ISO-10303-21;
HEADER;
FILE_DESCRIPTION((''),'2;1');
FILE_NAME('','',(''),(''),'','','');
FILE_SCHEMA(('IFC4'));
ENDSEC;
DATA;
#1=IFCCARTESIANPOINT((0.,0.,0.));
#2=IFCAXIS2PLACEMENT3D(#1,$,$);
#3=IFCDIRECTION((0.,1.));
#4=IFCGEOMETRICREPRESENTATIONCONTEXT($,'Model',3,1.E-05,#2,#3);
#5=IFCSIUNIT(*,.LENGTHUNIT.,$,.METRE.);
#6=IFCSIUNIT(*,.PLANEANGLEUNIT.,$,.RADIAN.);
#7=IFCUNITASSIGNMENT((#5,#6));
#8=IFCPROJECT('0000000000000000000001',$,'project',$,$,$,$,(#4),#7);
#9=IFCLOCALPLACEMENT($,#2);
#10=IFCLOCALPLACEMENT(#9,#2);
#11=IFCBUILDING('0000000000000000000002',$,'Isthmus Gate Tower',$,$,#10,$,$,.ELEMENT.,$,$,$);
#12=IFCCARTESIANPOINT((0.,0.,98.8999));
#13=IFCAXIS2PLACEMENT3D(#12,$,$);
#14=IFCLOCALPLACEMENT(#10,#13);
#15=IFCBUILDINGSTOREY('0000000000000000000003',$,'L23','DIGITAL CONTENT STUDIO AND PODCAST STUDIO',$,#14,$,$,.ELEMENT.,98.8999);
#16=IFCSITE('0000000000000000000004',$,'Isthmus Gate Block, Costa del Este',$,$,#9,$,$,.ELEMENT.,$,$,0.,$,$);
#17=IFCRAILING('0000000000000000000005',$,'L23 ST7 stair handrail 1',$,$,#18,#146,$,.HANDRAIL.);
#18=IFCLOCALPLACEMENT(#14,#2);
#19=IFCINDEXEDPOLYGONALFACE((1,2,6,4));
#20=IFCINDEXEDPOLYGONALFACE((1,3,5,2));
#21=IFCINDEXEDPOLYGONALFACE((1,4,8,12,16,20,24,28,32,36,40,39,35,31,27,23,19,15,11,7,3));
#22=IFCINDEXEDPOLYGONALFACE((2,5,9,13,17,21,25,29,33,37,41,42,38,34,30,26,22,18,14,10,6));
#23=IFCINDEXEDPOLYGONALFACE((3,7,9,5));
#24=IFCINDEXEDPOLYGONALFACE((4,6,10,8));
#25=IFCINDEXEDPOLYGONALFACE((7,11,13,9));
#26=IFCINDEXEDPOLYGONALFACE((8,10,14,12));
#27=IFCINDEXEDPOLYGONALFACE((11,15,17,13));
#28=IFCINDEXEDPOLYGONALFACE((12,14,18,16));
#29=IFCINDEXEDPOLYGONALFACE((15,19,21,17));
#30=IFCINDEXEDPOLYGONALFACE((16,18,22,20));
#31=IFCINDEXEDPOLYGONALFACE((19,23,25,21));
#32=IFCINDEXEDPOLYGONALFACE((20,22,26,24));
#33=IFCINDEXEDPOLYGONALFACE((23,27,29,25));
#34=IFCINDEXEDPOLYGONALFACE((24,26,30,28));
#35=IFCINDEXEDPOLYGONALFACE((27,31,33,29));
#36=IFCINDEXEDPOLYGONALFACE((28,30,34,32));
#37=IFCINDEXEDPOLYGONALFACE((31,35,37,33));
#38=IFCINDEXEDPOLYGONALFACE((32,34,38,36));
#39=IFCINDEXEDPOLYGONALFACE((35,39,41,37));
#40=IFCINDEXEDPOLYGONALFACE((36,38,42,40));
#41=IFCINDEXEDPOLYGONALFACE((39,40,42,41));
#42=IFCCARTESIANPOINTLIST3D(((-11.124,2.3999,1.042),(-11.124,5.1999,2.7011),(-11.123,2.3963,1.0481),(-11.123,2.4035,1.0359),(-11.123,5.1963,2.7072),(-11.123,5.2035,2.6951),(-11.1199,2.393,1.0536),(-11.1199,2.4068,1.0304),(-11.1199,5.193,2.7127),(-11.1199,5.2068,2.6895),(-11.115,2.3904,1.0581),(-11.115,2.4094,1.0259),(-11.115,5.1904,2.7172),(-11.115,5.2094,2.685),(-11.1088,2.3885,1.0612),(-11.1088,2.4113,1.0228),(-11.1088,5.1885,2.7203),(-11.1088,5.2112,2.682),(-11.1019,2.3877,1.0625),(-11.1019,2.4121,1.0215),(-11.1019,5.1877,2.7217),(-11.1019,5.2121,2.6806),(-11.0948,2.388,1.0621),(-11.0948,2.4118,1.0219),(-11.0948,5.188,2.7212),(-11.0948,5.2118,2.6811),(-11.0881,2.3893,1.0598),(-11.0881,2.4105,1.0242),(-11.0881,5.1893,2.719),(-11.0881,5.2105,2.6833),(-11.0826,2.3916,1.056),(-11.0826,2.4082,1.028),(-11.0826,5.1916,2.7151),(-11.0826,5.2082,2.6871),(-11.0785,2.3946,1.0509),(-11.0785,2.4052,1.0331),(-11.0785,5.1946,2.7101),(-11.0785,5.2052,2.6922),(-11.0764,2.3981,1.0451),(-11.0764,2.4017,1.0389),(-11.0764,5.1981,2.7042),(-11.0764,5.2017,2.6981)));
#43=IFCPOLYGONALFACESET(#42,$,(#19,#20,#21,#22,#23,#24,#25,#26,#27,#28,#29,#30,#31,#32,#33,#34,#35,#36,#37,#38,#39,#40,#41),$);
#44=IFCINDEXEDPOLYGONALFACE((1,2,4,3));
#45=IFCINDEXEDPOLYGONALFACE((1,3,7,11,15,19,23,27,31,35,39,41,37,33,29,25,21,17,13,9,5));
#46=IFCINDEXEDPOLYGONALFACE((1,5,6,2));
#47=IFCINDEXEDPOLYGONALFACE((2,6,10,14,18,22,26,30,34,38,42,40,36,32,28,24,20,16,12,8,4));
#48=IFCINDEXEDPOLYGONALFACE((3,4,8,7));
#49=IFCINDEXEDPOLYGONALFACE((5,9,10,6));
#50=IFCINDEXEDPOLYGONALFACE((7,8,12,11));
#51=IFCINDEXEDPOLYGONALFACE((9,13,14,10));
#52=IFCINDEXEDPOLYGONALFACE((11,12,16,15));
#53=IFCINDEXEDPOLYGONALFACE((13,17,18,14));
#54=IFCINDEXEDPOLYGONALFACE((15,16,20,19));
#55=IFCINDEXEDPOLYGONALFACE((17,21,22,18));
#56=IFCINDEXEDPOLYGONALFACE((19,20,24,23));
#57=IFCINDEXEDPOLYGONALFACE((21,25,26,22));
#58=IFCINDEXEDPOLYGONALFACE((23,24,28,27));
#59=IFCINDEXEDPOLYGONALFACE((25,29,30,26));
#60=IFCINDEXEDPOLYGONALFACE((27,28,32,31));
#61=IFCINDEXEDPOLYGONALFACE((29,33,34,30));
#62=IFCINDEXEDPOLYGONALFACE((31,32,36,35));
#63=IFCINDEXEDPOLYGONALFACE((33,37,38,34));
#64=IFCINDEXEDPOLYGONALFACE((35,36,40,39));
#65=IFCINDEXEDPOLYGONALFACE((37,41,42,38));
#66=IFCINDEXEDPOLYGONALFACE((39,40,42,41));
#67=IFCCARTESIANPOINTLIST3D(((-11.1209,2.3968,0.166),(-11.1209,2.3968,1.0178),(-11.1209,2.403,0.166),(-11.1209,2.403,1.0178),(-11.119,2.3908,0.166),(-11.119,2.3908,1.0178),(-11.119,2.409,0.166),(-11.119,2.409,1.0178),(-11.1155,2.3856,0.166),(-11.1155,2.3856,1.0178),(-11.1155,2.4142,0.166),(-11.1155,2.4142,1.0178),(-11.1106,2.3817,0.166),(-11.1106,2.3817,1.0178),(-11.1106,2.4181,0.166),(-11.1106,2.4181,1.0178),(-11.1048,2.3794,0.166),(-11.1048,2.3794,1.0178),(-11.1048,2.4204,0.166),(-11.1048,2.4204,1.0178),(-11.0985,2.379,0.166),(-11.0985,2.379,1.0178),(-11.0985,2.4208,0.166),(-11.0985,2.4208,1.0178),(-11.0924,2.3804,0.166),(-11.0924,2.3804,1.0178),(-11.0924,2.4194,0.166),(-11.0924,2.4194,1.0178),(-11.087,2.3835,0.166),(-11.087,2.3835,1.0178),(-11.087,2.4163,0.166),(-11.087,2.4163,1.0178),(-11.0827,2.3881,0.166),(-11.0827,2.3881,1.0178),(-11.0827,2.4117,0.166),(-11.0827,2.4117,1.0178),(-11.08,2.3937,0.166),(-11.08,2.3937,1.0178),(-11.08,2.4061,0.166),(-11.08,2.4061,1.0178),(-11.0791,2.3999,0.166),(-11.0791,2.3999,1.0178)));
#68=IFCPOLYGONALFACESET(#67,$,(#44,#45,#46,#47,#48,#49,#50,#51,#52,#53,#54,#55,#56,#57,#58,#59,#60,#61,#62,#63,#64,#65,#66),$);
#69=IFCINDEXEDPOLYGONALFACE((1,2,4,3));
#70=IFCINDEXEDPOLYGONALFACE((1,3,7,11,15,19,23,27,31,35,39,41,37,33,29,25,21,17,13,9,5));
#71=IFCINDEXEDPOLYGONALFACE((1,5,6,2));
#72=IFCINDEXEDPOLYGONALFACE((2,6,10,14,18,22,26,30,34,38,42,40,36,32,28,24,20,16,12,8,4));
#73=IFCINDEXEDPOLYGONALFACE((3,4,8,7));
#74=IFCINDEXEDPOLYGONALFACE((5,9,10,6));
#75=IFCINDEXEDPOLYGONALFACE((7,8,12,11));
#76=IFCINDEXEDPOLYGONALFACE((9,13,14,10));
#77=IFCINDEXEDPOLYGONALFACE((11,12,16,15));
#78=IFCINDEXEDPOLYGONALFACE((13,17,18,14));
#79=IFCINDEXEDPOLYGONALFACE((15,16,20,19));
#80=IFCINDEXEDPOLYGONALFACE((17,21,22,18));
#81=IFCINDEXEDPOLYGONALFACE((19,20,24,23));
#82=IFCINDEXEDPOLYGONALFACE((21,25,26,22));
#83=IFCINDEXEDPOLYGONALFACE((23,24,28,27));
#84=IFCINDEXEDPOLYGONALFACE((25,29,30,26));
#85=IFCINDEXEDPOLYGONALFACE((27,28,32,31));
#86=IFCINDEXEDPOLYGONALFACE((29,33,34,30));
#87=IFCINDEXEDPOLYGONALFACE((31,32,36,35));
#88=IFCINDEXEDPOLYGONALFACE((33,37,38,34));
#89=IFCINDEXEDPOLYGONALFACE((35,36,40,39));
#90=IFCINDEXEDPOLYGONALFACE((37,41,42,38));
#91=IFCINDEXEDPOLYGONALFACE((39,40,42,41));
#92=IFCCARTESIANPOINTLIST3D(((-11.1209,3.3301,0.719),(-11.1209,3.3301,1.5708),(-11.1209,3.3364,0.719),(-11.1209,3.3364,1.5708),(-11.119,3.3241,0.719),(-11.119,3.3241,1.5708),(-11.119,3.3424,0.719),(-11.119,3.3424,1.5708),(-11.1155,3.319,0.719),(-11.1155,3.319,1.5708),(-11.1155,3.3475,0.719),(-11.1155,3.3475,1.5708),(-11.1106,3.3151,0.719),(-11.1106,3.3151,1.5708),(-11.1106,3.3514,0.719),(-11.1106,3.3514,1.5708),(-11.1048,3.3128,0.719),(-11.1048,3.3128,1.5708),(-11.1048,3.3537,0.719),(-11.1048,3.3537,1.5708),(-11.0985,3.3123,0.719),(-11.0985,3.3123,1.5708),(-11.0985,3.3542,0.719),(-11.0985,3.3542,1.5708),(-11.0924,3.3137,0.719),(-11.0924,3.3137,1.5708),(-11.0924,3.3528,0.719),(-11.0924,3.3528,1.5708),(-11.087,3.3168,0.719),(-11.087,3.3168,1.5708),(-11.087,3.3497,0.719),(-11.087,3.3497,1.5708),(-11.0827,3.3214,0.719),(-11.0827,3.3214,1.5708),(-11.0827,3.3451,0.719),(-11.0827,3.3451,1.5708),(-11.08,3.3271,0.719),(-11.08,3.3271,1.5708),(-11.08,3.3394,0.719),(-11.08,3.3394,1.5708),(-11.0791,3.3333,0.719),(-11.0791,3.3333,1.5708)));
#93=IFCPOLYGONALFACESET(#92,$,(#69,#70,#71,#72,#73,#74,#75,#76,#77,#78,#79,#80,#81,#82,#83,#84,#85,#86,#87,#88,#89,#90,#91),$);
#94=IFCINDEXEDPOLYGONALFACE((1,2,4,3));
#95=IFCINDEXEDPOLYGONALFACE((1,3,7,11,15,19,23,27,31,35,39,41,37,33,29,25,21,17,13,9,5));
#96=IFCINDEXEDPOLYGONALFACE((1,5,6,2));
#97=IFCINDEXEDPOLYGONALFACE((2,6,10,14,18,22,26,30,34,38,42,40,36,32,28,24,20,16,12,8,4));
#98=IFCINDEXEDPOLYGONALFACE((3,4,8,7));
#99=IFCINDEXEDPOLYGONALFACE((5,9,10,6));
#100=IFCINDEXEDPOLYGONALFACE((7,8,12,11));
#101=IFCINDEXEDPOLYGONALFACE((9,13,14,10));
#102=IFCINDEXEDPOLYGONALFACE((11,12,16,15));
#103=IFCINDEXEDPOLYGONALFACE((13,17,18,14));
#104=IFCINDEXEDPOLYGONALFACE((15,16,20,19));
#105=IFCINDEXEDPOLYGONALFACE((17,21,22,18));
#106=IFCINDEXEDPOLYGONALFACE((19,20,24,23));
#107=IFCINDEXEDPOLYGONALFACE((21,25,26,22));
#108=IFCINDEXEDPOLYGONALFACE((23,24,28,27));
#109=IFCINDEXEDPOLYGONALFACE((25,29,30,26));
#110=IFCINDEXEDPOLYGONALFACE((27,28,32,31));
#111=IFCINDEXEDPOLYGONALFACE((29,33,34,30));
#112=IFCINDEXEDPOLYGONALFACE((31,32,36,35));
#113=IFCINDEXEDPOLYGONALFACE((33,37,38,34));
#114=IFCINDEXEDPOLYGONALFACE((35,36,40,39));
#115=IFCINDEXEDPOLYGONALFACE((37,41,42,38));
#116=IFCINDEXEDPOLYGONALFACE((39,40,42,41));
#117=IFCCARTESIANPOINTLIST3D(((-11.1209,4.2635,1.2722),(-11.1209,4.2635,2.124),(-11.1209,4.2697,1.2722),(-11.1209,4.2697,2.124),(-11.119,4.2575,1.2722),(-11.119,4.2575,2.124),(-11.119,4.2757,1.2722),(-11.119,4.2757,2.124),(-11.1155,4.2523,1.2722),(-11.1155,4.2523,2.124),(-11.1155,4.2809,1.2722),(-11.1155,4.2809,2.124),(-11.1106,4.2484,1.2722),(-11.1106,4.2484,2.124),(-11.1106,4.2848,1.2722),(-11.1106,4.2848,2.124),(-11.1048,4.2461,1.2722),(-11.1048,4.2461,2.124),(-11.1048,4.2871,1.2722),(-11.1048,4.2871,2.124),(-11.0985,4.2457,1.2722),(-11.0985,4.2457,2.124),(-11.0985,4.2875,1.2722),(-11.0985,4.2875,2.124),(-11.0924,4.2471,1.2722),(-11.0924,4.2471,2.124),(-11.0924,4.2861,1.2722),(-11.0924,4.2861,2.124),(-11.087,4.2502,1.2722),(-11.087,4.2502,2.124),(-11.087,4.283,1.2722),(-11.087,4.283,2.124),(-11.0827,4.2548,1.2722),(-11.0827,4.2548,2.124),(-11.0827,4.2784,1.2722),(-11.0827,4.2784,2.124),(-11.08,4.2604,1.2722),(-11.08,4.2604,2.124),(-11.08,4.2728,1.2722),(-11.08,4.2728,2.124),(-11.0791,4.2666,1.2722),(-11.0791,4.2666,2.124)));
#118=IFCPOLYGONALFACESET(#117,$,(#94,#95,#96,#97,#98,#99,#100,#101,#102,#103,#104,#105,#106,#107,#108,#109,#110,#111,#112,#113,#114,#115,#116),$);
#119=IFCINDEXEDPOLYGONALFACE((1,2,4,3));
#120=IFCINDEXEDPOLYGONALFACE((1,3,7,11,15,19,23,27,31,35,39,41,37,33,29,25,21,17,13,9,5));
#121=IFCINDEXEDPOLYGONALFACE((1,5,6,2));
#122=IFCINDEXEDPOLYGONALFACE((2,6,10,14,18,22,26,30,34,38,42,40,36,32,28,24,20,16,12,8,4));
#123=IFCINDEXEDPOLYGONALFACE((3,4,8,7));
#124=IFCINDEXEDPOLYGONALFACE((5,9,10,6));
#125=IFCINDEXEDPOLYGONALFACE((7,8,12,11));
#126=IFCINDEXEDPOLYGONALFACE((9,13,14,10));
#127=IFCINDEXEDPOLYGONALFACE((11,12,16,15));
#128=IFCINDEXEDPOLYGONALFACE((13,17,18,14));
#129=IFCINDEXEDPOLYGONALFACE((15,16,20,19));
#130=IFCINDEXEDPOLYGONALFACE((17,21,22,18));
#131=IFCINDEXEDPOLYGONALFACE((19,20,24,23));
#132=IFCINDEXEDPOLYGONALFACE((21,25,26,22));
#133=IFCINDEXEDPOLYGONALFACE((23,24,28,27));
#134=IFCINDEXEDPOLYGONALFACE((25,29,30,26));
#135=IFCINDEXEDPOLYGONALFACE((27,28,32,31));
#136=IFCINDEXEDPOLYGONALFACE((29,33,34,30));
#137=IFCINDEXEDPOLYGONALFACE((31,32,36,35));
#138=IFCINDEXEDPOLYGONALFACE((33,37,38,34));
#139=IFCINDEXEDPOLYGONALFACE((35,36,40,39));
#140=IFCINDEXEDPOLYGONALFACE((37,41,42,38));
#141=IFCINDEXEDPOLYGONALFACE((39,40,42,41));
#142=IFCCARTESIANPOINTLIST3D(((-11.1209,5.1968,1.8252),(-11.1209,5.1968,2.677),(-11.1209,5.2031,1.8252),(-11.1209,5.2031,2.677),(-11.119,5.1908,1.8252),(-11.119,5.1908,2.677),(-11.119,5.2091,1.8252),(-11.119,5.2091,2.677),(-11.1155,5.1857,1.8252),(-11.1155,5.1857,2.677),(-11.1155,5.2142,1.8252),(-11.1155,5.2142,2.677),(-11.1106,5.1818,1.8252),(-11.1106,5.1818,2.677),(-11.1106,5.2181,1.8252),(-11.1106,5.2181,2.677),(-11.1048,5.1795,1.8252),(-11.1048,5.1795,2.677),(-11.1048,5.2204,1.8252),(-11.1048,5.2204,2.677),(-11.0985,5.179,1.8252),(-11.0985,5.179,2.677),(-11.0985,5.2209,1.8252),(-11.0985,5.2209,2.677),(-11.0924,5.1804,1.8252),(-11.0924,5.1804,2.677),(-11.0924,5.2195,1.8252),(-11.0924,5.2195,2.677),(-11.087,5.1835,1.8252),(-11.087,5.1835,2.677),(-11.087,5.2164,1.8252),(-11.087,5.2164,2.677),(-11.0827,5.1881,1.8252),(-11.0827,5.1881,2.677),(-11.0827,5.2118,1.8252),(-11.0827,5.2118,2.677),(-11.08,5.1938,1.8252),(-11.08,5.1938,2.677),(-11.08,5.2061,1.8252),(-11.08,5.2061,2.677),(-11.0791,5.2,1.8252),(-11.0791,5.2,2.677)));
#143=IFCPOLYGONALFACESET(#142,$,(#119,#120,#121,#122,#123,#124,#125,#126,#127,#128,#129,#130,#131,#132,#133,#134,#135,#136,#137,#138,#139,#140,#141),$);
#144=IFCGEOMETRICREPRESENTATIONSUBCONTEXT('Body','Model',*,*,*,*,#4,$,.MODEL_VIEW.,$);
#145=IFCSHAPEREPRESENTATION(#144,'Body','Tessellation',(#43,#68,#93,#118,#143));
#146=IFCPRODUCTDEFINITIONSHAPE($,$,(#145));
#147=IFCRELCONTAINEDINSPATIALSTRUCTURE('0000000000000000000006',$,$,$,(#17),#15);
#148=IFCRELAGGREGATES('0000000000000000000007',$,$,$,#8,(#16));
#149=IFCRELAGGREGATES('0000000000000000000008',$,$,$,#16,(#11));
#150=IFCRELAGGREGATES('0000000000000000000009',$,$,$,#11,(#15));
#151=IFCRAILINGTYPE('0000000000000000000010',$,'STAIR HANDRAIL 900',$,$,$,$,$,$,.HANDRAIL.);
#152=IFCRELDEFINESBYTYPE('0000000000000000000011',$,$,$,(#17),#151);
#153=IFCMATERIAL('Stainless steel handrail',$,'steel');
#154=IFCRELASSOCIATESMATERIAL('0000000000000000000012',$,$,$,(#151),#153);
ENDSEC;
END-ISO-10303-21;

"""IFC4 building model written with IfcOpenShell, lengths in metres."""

from ifc_helpers import new_model, si_unit, direction, frame, origin, origin_2d, place, context, subcontext, project, spatial, circle, extrude, material, type_object, element, save


model = new_model("IFC4")

# Units and contexts
model_context = context("Model", 3, precision=1e-05, world=origin(), true_north=direction((0.0, 1.0)))
body_context = subcontext(model_context, "Body", "Model", "MODEL_VIEW")
ifc_project = project(units=[si_unit("LENGTHUNIT", "METRE"), si_unit("PLANEANGLEUNIT", "RADIAN")], contexts=[model_context])

# Site, building, storey
site_placement = place(None, origin())
site = spatial("IfcSite", under=ifc_project, at=site_placement, Name="Isthmus Gate Block, Costa del Este", CompositionType="ELEMENT", RefElevation=0.0)
building_placement = place(site_placement, origin())
building = spatial("IfcBuilding", under=site, at=building_placement, Name="Isthmus Gate Tower", CompositionType="ELEMENT")
storey_placement = place(building_placement, frame((0.0, 0.0, 98.8999)))
storey = spatial("IfcBuildingStorey", under=building, at=storey_placement, Name="L23", Description="DIGITAL CONTENT STUDIO AND PODCAST STUDIO", CompositionType="ELEMENT", Elevation=98.8999)

# Railing
ifc_material_1 = material(Name="Stainless steel handrail", Category="steel")
railing_type_1 = type_object("IfcRailingType", Name="STAIR HANDRAIL 900", PredefinedType="HANDRAIL", material=ifc_material_1)
railing_1_placement = place(storey_placement, frame((-11.1001, 2.3999, 0.166)))
element("IfcRailing", 1, at=railing_1_placement, inside=storey, type_object=railing_type_1, Name="L23 ST7 stair handrail 1", PredefinedType="HANDRAIL", context=body_context, shape_type="SweptSolid", body=[
    extrude(circle(Radius=0.0239, at=origin_2d()), frame((0.0, 0.0, 0.876), z_axis=(0.0, 0.860306, 0.509778), x_axis=(-1.0, 0.0, 0.0)), (0.0, 0.0, 1.0), 3.2546),
    extrude(circle(Radius=0.021, at=origin_2d()), origin(), (0.0, 0.0, 1.0), 0.8518),
    extrude(circle(Radius=0.021, at=origin_2d()), frame((0.0, 0.9333, 0.553)), (0.0, 0.0, 1.0), 0.8518),
    extrude(circle(Radius=0.021, at=origin_2d()), frame((0.0, 1.8667, 1.1062)), (0.0, 0.0, 1.0), 0.8518),
    extrude(circle(Radius=0.021, at=origin_2d()), frame((0.0, 2.8, 1.6592)), (0.0, 0.0, 1.0), 0.8518),
])

save(model, "model.ifc")
